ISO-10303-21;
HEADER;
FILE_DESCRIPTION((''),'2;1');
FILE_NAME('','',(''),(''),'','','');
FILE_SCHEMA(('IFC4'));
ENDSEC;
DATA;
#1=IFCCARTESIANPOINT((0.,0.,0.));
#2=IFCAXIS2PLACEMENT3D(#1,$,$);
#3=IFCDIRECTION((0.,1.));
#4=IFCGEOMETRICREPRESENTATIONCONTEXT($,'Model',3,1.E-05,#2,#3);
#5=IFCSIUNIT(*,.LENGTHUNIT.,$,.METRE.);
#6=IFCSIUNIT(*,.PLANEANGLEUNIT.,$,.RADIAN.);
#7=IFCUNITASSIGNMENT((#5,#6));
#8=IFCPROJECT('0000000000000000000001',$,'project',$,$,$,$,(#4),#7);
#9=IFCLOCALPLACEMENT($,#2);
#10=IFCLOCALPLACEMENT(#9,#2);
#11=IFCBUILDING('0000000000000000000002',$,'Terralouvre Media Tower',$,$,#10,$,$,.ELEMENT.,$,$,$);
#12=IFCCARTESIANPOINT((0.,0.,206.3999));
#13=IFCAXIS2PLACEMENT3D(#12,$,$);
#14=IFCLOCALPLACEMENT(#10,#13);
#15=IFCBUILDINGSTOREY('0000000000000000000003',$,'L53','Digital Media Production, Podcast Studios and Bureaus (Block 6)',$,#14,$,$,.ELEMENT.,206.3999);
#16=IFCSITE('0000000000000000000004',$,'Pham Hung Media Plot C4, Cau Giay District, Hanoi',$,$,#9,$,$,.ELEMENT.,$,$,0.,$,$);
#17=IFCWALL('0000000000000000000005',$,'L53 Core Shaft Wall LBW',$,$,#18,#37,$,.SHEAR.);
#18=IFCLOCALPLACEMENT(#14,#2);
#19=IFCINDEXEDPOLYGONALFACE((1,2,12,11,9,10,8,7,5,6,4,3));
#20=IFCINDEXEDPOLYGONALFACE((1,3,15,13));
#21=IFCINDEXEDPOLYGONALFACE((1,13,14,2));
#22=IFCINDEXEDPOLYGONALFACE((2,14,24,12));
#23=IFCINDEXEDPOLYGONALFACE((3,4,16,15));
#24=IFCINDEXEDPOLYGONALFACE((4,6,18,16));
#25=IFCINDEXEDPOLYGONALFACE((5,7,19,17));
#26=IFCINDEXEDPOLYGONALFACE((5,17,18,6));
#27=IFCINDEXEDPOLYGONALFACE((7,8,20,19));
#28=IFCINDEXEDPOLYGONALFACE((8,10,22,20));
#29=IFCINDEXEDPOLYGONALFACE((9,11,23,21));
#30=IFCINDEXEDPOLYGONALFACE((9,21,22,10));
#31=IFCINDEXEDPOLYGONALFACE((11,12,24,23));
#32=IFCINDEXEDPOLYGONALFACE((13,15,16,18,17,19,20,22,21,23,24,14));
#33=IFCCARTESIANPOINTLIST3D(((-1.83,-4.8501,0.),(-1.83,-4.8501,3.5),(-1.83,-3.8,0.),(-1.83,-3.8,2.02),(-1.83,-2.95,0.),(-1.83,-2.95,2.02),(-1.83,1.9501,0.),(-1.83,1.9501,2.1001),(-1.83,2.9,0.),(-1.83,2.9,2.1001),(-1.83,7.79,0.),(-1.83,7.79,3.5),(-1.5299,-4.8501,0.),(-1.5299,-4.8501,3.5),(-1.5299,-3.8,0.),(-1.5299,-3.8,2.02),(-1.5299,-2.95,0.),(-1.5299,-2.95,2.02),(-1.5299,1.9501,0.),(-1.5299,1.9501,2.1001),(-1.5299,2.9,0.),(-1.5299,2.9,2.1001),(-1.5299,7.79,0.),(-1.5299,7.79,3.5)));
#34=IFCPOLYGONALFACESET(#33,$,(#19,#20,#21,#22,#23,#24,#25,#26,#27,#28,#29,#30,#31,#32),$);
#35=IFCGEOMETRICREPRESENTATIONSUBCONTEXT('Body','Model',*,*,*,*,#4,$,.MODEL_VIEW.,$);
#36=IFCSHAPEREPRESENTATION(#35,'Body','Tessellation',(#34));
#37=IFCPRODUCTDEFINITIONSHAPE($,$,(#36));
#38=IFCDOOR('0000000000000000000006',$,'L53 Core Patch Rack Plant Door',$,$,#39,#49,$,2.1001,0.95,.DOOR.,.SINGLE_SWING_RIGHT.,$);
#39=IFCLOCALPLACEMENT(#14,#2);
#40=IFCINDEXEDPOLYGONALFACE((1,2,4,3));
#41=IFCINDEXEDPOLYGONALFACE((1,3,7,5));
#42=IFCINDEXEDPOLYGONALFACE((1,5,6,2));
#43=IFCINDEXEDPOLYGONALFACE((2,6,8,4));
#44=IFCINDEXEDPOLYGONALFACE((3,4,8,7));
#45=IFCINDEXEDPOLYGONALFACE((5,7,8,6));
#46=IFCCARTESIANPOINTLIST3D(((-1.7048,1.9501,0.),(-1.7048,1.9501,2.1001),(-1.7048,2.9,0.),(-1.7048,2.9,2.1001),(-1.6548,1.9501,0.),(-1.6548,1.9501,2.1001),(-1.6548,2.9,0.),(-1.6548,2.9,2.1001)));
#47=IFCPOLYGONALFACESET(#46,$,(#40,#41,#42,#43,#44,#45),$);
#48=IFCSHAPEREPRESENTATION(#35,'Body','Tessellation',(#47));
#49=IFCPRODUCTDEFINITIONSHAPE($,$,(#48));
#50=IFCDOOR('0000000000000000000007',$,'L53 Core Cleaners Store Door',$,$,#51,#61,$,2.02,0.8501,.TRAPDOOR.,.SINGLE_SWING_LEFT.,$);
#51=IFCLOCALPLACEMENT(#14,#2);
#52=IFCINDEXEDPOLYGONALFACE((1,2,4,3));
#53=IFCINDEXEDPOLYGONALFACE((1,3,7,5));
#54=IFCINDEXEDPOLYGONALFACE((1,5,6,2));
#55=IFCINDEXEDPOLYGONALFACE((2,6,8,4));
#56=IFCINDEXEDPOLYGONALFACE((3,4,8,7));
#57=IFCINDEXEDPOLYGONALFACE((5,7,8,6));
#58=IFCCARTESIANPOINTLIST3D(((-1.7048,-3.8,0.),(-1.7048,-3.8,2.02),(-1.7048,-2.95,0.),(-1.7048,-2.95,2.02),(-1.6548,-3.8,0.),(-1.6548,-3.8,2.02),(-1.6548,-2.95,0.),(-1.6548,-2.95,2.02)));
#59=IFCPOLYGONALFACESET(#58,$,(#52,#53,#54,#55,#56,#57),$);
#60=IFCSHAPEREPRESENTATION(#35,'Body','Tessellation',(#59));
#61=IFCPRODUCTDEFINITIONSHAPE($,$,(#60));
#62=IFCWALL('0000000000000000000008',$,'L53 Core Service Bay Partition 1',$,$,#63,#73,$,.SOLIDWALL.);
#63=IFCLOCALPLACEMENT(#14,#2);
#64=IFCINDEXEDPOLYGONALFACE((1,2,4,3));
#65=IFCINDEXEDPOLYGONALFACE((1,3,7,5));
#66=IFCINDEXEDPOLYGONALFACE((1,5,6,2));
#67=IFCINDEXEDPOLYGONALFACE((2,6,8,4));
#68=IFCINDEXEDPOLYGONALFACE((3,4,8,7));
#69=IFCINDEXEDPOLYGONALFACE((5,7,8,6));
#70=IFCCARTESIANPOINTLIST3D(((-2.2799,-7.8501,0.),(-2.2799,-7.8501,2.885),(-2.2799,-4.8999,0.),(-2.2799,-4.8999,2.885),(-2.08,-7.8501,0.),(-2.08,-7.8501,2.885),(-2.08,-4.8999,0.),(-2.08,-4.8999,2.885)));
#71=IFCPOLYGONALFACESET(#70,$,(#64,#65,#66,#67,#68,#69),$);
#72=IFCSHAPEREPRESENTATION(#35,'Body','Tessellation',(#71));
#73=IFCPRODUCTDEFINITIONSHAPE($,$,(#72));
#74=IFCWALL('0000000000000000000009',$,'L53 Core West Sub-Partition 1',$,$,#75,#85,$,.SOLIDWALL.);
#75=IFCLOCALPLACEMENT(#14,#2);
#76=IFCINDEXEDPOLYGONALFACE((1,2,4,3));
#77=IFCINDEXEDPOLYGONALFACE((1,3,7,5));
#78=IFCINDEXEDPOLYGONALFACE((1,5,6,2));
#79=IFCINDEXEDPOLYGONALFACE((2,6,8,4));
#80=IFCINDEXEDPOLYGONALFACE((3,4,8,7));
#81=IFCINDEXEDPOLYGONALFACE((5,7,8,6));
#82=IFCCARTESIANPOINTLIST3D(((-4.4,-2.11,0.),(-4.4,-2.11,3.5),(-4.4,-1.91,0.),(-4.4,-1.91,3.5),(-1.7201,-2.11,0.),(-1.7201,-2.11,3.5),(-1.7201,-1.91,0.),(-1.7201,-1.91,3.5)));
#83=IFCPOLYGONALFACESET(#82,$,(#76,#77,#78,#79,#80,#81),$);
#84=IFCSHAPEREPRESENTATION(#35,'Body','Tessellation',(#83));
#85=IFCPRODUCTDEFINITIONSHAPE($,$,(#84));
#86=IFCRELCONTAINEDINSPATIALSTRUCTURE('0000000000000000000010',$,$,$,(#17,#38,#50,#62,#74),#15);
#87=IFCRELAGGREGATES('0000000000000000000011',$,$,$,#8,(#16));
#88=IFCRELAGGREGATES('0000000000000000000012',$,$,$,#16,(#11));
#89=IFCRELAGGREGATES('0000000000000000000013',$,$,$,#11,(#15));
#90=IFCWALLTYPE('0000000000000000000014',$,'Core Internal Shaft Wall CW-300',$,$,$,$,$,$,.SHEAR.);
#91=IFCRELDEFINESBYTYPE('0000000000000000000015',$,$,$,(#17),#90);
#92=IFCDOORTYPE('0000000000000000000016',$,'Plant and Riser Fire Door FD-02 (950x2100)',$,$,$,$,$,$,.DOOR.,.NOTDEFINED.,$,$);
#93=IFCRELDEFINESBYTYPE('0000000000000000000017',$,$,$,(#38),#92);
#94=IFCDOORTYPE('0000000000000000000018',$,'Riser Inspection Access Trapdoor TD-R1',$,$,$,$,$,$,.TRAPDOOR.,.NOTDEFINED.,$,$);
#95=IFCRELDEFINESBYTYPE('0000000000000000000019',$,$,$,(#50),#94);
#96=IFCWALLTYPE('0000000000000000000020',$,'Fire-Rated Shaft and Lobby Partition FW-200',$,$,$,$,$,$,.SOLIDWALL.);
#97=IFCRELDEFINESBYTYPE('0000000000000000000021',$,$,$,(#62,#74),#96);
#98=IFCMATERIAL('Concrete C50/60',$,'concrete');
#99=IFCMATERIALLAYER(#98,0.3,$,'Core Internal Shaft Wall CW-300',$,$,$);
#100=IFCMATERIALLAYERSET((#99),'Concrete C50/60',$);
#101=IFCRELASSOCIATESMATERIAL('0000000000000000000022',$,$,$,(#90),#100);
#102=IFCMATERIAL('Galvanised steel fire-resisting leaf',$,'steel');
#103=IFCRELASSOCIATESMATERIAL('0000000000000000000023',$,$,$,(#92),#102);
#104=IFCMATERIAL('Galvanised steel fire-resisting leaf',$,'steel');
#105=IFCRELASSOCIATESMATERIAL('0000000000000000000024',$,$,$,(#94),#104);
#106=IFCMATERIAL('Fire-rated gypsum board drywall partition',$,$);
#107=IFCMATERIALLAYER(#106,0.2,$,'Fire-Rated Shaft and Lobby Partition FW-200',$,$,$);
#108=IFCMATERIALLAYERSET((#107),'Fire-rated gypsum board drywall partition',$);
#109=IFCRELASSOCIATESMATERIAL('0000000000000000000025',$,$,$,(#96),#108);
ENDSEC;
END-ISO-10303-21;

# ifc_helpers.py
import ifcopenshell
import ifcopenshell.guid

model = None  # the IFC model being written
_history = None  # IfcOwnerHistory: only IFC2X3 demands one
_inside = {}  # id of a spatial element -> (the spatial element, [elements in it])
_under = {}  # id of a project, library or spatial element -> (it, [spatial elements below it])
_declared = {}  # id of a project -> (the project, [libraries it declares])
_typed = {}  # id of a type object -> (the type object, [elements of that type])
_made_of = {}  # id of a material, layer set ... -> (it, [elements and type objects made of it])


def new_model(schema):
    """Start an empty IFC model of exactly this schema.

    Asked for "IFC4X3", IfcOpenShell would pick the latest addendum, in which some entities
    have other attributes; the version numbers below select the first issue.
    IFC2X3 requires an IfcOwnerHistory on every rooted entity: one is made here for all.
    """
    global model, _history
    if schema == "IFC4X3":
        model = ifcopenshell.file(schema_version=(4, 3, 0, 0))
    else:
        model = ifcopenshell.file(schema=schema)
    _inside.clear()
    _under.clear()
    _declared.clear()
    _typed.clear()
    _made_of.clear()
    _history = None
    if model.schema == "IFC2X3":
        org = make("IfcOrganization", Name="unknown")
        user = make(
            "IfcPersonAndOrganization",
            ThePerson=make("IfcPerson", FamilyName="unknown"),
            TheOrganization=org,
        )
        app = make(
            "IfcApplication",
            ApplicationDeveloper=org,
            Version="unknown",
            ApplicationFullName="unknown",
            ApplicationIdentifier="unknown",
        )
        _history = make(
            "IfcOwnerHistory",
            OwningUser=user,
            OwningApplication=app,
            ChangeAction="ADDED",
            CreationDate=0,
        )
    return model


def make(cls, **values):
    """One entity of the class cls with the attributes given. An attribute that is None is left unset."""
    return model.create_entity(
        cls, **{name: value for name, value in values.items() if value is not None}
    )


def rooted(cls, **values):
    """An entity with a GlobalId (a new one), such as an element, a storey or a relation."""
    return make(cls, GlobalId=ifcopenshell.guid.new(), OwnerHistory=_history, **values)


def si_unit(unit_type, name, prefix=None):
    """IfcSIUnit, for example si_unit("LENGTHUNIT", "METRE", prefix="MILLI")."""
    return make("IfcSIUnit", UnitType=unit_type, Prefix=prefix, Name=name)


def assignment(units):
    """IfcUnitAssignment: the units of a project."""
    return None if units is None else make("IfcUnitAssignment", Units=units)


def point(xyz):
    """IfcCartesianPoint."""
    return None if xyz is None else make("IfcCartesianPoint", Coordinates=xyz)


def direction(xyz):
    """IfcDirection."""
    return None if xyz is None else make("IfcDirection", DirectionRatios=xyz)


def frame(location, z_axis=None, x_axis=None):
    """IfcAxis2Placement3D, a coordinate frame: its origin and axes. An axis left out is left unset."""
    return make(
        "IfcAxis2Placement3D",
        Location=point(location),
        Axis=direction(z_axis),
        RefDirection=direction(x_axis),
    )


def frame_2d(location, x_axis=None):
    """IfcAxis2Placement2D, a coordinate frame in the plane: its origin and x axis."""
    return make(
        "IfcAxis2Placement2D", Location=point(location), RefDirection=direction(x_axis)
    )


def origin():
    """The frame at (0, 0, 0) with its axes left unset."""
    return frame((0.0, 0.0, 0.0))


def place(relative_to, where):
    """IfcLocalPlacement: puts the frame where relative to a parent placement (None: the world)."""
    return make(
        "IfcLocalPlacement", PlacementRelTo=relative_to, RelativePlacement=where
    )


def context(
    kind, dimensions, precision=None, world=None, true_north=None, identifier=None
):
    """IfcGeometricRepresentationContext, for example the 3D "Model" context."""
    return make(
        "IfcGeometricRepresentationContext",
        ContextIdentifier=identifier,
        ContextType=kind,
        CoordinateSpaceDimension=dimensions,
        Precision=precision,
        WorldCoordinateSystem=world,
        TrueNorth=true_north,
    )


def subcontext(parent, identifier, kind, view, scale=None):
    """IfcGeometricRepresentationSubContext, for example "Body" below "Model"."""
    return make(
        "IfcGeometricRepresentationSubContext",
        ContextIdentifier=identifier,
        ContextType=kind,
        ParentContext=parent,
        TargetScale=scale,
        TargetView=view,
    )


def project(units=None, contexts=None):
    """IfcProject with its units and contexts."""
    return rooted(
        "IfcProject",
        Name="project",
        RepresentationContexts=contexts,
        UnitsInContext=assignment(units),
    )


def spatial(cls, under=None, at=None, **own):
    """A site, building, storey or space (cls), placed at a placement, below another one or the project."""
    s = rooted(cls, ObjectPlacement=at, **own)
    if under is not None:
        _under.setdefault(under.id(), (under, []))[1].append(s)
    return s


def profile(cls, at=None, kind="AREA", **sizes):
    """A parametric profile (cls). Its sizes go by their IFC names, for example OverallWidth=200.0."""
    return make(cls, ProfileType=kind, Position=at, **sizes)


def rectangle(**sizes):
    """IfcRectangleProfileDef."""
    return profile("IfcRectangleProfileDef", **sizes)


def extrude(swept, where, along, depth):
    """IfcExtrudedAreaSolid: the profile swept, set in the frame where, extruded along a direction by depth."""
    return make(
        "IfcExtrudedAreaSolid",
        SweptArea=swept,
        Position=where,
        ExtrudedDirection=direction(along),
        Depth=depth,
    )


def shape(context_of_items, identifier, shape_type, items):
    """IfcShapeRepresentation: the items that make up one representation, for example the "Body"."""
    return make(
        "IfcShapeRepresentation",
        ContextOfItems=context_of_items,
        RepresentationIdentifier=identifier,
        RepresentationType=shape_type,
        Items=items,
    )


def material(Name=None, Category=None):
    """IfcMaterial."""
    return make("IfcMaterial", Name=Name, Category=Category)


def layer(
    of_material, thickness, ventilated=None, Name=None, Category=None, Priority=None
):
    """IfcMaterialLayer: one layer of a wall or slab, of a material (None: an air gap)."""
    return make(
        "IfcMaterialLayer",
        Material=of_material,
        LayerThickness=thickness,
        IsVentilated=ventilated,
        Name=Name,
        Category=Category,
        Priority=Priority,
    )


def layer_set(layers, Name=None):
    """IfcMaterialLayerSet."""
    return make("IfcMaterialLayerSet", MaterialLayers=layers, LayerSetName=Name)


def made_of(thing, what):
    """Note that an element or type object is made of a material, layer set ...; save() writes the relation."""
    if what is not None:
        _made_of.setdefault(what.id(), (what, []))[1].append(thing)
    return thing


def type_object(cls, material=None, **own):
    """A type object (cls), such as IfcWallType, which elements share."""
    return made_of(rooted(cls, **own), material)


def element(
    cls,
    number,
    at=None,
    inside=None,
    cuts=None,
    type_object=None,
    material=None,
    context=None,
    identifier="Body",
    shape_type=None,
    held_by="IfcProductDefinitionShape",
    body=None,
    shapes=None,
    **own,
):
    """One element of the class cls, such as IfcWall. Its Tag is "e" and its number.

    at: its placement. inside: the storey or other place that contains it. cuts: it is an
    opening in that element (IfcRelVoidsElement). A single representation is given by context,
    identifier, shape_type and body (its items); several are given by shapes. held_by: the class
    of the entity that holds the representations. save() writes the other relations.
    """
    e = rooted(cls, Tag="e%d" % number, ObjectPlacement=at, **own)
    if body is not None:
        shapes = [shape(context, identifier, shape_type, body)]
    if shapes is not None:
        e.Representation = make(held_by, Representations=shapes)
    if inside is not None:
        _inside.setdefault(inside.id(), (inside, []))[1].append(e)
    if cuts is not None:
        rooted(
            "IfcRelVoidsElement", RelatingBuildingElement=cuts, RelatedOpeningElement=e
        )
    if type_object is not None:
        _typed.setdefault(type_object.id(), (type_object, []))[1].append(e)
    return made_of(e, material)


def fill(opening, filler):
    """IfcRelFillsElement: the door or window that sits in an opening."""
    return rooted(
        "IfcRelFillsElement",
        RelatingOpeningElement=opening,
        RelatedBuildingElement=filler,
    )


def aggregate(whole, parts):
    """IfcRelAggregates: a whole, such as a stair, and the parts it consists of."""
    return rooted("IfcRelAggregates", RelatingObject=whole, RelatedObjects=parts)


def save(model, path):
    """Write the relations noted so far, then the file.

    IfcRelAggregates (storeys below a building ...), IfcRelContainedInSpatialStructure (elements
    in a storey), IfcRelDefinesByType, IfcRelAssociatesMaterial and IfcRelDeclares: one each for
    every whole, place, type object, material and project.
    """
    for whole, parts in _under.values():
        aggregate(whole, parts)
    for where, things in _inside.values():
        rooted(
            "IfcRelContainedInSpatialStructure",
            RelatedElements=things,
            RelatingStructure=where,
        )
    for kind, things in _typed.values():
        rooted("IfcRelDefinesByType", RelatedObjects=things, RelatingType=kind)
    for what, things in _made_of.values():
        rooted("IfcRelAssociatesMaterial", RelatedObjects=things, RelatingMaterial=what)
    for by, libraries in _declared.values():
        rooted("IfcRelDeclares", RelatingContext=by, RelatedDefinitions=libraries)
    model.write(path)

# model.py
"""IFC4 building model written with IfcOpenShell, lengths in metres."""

from ifc_helpers import new_model, si_unit, direction, frame, frame_2d, origin, place, context, subcontext, project, spatial, rectangle, extrude, material, layer, layer_set, type_object, element, fill, save


model = new_model("IFC4")

# Units and contexts
model_context = context("Model", 3, precision=1e-05, world=origin(), true_north=direction((0.0, 1.0)))
body_context = subcontext(model_context, "Body", "Model", "MODEL_VIEW")
ifc_project = project(units=[si_unit("LENGTHUNIT", "METRE"), si_unit("PLANEANGLEUNIT", "RADIAN")], contexts=[model_context])

# Site, building, storey
site_placement = place(None, origin())
site = spatial("IfcSite", under=ifc_project, at=site_placement, Name="Pham Hung Media Plot C4, Cau Giay District, Hanoi", CompositionType="ELEMENT", RefElevation=0.0)
building_placement = place(site_placement, origin())
building = spatial("IfcBuilding", under=site, at=building_placement, Name="Terralouvre Media Tower", CompositionType="ELEMENT")
storey_placement = place(building_placement, frame((0.0, 0.0, 206.3999)))
storey = spatial("IfcBuildingStorey", under=building, at=storey_placement, Name="L53", Description="Digital Media Production, Podcast Studios and Bureaus (Block 6)", CompositionType="ELEMENT", Elevation=206.3999)

# Shared definitions
ifc_material_1 = material(Name="Concrete C50/60", Category="concrete")
ifc_layer_1 = layer(ifc_material_1, 0.3, Name="Core Internal Shaft Wall CW-300")
ifc_layer_set_1 = layer_set([ifc_layer_1], Name="Concrete C50/60")
wall_type_1 = type_object("IfcWallType", Name="Core Internal Shaft Wall CW-300", PredefinedType="SHEAR", material=ifc_layer_set_1)

# Wall, openings, doors
wall_1_placement = place(storey_placement, frame((-1.6799, -4.8501, 0.0), z_axis=(0.0, 0.0, 1.0), x_axis=(0.0, 1.0, 0.0)))
wall_1 = element("IfcWall", 1, at=wall_1_placement, inside=storey, type_object=wall_type_1, Name="L53 Core Shaft Wall LBW", PredefinedType="SHEAR", context=body_context, shape_type="SweptSolid", body=[
    extrude(rectangle(XDim=12.6401, YDim=0.3, at=frame_2d((6.3201, 0.0))), origin(), (0.0, 0.0, 1.0), 3.5),
])
opening_1_placement = place(wall_1_placement, frame((1.05, 0.0, 0.0)))
opening_1 = element("IfcOpeningElement", 2, at=opening_1_placement, cuts=wall_1, PredefinedType="OPENING", context=body_context, shape_type="SweptSolid", body=[
    extrude(rectangle(XDim=0.8501, YDim=2.02, at=frame_2d((0.425, 1.01))), frame((0.0, 0.1599, 0.0), z_axis=(0.0, -1.0, 0.0), x_axis=(1.0, 0.0, 0.0)), (0.0, 0.0, 1.0), 0.3201),
])
opening_2_placement = place(wall_1_placement, frame((6.8, 0.0, 0.0)))
opening_2 = element("IfcOpeningElement", 3, at=opening_2_placement, cuts=wall_1, PredefinedType="OPENING", context=body_context, shape_type="SweptSolid", body=[
    extrude(rectangle(XDim=0.95, YDim=2.1001, at=frame_2d((0.4751, 1.05))), frame((0.0, 0.1599, 0.0), z_axis=(0.0, -1.0, 0.0), x_axis=(1.0, 0.0, 0.0)), (0.0, 0.0, 1.0), 0.3201),
])
ifc_material_2 = material(Name="Galvanised steel fire-resisting leaf", Category="steel")
door_type_1 = type_object("IfcDoorType", Name="Plant and Riser Fire Door FD-02 (950x2100)", OperationType="NOTDEFINED", PredefinedType="DOOR", material=ifc_material_2)
door_1_placement = place(opening_2_placement, origin())
door_1 = element("IfcDoor", 4, at=door_1_placement, inside=storey, type_object=door_type_1, Name="L53 Core Patch Rack Plant Door", OperationType="SINGLE_SWING_RIGHT", OverallHeight=2.1001, OverallWidth=0.95, PredefinedType="DOOR", context=body_context, shape_type="SweptSolid", body=[
    extrude(rectangle(XDim=0.95, YDim=2.1001, at=frame_2d((0.4751, 1.05))), frame((0.0, 0.0249, 0.0), z_axis=(0.0, -1.0, 0.0), x_axis=(1.0, 0.0, 0.0)), (0.0, 0.0, 1.0), 0.05),
])
fill(opening_2, door_1)
ifc_material_3 = material(Name="Galvanised steel fire-resisting leaf", Category="steel")
door_type_2 = type_object("IfcDoorType", Name="Riser Inspection Access Trapdoor TD-R1", OperationType="NOTDEFINED", PredefinedType="TRAPDOOR", material=ifc_material_3)
door_2_placement = place(opening_1_placement, origin())
door_2 = element("IfcDoor", 5, at=door_2_placement, inside=storey, type_object=door_type_2, Name="L53 Core Cleaners Store Door", OperationType="SINGLE_SWING_LEFT", OverallHeight=2.02, OverallWidth=0.8501, PredefinedType="TRAPDOOR", context=body_context, shape_type="SweptSolid", body=[
    extrude(rectangle(XDim=0.8501, YDim=2.02, at=frame_2d((0.425, 1.01))), frame((0.0, 0.0249, 0.0), z_axis=(0.0, -1.0, 0.0), x_axis=(1.0, 0.0, 0.0)), (0.0, 0.0, 1.0), 0.05),
])
fill(opening_1, door_2)

# Walls
ifc_material_4 = material(Name="Fire-rated gypsum board drywall partition")
ifc_layer_2 = layer(ifc_material_4, 0.2, Name="Fire-Rated Shaft and Lobby Partition FW-200")
ifc_layer_set_2 = layer_set([ifc_layer_2], Name="Fire-rated gypsum board drywall partition")
wall_type_2 = type_object("IfcWallType", Name="Fire-Rated Shaft and Lobby Partition FW-200", PredefinedType="SOLIDWALL", material=ifc_layer_set_2)
wall_2_placement = place(storey_placement, frame((-2.1799, -7.8501, 0.0), z_axis=(0.0, 0.0, 1.0), x_axis=(0.0, 1.0, 0.0)))
element("IfcWall", 6, at=wall_2_placement, inside=storey, type_object=wall_type_2, Name="L53 Core Service Bay Partition 1", PredefinedType="SOLIDWALL", context=body_context, shape_type="SweptSolid", body=[
    extrude(rectangle(XDim=2.9502, YDim=0.2, at=frame_2d((1.4751, 0.0))), origin(), (0.0, 0.0, 1.0), 2.885),
])
wall_3_placement = place(storey_placement, frame((-4.3999, -2.01, 0.0), z_axis=(0.0, 0.0, 1.0), x_axis=(1.0, 0.0, 0.0)))
element("IfcWall", 7, at=wall_3_placement, inside=storey, type_object=wall_type_2, Name="L53 Core West Sub-Partition 1", PredefinedType="SOLIDWALL", context=body_context, shape_type="SweptSolid", body=[
    extrude(rectangle(XDim=2.6799, YDim=0.2, at=frame_2d((1.3398, 0.0))), origin(), (0.0, 0.0, 1.0), 3.5),
])

save(model, "model.ifc")
